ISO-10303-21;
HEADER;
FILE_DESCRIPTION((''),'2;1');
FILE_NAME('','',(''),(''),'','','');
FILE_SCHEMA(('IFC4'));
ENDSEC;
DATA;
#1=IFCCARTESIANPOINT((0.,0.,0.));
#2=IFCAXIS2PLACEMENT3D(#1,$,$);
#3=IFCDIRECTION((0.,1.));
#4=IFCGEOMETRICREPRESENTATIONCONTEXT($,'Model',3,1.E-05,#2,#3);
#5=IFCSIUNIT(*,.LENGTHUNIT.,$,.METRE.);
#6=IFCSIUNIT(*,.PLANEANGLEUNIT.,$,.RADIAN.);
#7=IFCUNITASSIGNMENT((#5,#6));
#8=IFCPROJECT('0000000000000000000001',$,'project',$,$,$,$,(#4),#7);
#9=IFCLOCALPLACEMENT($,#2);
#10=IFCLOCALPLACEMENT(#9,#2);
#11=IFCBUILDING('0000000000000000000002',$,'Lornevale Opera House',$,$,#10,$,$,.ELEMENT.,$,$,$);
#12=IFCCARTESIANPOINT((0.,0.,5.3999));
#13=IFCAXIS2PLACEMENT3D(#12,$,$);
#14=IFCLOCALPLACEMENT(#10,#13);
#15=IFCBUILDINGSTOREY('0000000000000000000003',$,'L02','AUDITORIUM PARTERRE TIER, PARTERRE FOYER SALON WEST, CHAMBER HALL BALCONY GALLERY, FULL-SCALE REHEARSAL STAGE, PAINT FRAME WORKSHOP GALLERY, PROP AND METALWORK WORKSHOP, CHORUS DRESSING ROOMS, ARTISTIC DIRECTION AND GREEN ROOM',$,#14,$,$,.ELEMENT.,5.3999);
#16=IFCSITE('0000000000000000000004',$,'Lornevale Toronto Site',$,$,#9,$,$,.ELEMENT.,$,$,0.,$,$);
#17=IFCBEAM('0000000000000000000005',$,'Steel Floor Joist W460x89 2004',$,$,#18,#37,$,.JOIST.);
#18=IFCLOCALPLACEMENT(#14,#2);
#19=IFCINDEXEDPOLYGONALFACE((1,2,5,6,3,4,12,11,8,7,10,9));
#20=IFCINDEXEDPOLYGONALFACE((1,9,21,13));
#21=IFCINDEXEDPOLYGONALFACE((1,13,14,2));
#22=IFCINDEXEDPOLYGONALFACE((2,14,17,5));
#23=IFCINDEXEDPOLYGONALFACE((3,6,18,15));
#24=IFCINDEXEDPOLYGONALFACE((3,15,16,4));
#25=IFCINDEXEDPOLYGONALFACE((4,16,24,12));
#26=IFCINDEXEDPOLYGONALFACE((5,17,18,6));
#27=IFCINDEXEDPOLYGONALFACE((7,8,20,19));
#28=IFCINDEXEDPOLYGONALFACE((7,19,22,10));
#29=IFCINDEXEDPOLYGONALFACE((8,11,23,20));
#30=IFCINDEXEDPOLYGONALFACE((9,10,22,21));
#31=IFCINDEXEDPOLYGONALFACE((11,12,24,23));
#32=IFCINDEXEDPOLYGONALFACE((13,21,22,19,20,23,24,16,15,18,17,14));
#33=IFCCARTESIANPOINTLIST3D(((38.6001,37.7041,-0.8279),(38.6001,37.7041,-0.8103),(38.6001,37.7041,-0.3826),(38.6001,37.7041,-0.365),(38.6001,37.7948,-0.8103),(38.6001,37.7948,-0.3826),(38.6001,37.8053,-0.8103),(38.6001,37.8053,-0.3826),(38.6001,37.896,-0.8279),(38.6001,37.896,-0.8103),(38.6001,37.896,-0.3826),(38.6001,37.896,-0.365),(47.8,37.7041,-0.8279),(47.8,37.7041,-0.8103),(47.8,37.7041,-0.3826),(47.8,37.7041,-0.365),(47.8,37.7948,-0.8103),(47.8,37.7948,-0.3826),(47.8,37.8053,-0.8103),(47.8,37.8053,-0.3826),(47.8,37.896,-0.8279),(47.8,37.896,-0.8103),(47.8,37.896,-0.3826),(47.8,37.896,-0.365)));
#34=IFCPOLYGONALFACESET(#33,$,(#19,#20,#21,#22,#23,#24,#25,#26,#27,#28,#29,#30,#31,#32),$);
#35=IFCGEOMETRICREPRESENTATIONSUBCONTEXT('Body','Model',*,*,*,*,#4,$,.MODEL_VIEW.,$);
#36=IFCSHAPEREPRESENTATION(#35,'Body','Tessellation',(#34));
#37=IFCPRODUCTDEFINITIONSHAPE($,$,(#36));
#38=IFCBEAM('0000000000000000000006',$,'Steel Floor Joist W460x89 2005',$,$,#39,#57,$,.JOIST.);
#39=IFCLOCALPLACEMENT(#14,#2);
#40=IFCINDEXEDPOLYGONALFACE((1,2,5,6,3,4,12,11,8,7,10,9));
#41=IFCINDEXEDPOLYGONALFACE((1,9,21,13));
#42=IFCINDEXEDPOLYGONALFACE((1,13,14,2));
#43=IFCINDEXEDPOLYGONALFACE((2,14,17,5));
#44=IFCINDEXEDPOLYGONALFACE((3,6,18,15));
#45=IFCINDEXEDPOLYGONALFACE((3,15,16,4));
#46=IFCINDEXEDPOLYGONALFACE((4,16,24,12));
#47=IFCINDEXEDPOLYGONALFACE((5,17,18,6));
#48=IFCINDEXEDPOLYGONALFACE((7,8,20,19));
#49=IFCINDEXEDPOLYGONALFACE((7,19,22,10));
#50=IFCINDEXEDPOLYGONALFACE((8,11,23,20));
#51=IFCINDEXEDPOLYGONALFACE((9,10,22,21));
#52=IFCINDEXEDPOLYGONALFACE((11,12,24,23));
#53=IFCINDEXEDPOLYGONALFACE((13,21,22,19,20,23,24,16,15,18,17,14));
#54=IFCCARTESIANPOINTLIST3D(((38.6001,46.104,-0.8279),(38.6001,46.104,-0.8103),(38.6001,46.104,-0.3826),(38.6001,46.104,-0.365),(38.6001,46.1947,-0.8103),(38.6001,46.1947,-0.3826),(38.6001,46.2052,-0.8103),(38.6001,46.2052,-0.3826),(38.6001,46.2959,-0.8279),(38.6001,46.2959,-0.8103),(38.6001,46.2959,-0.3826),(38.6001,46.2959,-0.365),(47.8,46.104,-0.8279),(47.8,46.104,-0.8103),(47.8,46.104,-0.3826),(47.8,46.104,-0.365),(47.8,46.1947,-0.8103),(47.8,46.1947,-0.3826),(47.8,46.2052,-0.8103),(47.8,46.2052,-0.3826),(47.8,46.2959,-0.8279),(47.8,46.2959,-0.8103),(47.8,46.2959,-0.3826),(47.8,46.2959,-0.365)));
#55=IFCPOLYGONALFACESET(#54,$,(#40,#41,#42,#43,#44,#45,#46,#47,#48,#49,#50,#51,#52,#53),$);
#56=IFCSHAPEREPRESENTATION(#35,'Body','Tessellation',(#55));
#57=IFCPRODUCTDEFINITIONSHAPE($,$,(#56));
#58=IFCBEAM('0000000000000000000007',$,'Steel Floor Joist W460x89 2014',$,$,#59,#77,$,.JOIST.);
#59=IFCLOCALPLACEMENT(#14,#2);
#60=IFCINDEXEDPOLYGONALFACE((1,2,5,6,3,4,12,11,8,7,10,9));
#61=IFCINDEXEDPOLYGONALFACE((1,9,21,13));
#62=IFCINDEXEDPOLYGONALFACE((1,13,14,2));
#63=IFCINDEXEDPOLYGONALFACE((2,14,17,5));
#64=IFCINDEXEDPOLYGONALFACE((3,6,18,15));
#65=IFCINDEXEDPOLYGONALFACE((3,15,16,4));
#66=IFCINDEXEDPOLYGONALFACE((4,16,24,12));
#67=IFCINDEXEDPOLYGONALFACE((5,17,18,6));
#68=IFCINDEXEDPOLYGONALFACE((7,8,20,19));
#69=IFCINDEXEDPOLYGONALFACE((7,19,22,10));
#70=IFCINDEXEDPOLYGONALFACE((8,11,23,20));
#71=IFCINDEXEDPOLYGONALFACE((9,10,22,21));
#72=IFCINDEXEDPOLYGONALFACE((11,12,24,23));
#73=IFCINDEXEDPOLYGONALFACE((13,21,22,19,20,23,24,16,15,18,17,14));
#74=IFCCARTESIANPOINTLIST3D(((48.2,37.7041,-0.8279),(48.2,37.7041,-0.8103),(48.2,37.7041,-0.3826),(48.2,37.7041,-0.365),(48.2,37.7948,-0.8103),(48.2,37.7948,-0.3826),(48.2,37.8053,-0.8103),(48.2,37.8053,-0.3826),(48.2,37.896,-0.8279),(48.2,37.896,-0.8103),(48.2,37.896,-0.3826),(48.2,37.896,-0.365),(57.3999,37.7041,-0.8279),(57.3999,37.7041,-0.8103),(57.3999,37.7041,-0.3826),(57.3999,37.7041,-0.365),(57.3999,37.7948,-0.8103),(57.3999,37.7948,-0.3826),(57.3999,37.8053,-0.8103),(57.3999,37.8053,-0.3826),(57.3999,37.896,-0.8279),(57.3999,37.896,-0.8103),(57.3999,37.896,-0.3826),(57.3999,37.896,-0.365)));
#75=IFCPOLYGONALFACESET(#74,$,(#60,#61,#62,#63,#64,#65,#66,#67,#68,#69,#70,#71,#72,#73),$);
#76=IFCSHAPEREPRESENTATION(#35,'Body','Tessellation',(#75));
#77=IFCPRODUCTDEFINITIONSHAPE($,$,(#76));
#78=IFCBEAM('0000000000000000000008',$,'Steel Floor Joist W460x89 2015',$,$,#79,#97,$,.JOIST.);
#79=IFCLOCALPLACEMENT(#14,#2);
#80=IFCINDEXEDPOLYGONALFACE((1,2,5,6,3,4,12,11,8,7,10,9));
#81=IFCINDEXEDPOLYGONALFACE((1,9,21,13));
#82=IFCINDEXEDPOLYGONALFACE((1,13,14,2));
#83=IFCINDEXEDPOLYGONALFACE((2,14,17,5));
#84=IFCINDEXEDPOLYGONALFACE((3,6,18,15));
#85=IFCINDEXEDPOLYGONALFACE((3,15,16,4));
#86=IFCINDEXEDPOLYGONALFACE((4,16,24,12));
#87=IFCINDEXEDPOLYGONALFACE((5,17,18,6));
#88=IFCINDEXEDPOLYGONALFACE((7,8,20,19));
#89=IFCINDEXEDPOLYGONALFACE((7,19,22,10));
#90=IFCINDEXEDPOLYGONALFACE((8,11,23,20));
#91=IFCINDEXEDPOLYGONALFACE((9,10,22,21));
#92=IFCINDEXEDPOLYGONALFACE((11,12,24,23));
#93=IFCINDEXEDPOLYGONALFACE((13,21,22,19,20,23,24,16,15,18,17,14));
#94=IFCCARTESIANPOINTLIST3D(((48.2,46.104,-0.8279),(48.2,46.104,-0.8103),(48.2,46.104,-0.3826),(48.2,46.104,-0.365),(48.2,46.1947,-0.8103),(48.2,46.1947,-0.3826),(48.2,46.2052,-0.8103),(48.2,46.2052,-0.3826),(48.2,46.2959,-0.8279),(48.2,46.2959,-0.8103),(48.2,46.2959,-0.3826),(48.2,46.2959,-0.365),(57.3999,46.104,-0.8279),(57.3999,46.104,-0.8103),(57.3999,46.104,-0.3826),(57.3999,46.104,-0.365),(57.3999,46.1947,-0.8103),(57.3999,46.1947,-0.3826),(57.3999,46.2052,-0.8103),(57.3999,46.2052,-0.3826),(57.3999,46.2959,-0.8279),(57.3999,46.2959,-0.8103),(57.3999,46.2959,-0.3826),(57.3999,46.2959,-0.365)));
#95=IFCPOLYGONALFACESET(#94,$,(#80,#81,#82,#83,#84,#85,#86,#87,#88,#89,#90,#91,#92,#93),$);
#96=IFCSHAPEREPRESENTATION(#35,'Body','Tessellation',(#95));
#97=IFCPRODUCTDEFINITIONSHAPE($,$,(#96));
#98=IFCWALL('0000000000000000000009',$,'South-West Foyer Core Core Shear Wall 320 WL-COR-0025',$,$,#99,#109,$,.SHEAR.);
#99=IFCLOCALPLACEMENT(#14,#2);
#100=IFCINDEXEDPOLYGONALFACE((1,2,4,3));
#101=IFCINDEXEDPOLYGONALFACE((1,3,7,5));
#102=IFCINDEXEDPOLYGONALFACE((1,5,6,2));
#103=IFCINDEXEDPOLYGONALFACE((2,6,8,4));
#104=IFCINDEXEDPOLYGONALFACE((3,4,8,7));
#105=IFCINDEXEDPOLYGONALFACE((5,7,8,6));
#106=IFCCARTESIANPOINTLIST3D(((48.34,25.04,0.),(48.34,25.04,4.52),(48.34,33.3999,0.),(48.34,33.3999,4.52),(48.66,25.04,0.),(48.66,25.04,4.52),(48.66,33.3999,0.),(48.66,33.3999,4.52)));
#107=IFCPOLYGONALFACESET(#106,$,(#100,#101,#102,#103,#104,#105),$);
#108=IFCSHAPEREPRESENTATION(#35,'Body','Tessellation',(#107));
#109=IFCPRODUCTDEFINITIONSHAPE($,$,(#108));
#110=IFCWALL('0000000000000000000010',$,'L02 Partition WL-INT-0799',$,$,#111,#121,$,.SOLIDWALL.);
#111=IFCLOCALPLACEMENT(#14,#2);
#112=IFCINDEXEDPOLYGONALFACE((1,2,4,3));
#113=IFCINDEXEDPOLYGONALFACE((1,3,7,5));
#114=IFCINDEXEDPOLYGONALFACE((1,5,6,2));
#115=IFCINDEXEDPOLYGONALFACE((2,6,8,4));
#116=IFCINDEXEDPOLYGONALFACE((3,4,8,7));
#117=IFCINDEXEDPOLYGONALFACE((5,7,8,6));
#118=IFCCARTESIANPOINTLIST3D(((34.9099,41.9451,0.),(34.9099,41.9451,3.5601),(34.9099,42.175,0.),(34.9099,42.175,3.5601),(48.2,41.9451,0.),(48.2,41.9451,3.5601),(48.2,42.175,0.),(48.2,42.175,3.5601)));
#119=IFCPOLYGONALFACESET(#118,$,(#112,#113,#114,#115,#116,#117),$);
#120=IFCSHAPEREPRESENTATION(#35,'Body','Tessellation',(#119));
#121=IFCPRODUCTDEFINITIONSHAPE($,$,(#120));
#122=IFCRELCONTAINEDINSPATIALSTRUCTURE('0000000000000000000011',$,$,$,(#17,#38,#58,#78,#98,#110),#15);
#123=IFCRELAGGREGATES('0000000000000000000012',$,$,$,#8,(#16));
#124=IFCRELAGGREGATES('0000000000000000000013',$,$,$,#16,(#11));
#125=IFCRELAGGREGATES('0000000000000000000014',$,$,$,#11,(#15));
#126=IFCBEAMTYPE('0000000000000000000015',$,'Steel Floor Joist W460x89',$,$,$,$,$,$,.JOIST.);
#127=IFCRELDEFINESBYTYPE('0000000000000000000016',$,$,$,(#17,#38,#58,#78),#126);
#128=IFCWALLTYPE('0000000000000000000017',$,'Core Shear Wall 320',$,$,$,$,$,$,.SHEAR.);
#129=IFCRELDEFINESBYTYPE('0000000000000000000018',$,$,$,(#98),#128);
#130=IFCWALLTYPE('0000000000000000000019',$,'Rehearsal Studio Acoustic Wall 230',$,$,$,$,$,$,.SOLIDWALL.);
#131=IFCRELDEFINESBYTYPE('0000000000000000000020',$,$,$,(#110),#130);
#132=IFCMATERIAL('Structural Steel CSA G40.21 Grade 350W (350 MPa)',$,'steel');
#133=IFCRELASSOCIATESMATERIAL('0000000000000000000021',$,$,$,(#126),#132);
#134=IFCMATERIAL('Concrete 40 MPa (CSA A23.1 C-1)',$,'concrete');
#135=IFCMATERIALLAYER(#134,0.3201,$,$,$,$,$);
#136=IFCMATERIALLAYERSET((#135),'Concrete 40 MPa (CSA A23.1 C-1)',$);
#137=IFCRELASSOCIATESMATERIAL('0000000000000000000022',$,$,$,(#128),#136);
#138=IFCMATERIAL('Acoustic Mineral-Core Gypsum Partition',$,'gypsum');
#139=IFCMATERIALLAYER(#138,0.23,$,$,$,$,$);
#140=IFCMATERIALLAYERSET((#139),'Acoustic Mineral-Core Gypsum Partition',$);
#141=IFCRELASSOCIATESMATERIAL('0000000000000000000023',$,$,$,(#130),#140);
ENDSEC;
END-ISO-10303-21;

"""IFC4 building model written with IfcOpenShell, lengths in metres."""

from ifc_helpers import new_model, si_unit, direction, frame, frame_2d, origin, origin_2d, place, context, subcontext, project, spatial, rectangle, i_section, extrude, material, layer, layer_set, material_profile, profile_set, type_object, element, save


model = new_model("IFC4")

# Units and contexts
model_context = context("Model", 3, precision=1e-05, world=origin(), true_north=direction((0.0, 1.0)))
body_context = subcontext(model_context, "Body", "Model", "MODEL_VIEW")
ifc_project = project(units=[si_unit("LENGTHUNIT", "METRE"), si_unit("PLANEANGLEUNIT", "RADIAN")], contexts=[model_context])

# Site, building, storey
site_placement = place(None, origin())
site = spatial("IfcSite", under=ifc_project, at=site_placement, Name="Lornevale Toronto Site", CompositionType="ELEMENT", RefElevation=0.0)
building_placement = place(site_placement, origin())
building = spatial("IfcBuilding", under=site, at=building_placement, Name="Lornevale Opera House", CompositionType="ELEMENT")
storey_placement = place(building_placement, frame((0.0, 0.0, 5.3999)))
storey = spatial("IfcBuildingStorey", under=building, at=storey_placement, Name="L02", Description="AUDITORIUM PARTERRE TIER, PARTERRE FOYER SALON WEST, CHAMBER HALL BALCONY GALLERY, FULL-SCALE REHEARSAL STAGE, PAINT FRAME WORKSHOP GALLERY, PROP AND METALWORK WORKSHOP, CHORUS DRESSING ROOMS, ARTISTIC DIRECTION AND GREEN ROOM", CompositionType="ELEMENT", Elevation=5.3999)

# Shared definitions
ifc_material_1 = material(Name="Concrete 40 MPa (CSA A23.1 C-1)", Category="concrete")

# Beams
ifc_material_2 = material(Name="Structural Steel CSA G40.21 Grade 350W (350 MPa)", Category="steel")
ifc_material_profile_1 = material_profile(ifc_material_2, i_section(OverallWidth=0.1919, OverallDepth=0.4629, WebThickness=0.0105, FlangeThickness=0.0176, at=origin_2d()), Name="W460x89")
ifc_profile_set_1 = profile_set([ifc_material_profile_1], Name="Structural Steel CSA G40.21 Grade 350W (350 MPa)")
beam_type_1 = type_object("IfcBeamType", Name="Steel Floor Joist W460x89", PredefinedType="JOIST", material=ifc_profile_set_1)
for number, where, z_axis, x_axis, name in (
    (1, (38.6001, 37.8, -0.5964), (1.0, 0.0, 0.0), (0.0, 1.0, 0.0), "Steel Floor Joist W460x89 2004"),
    (2, (38.6001, 46.2, -0.5964), (1.0, 0.0, 0.0), (0.0, 1.0, 0.0), "Steel Floor Joist W460x89 2005"),
    (3, (48.2, 37.8, -0.5964), (1.0, 0.0, 0.0), (0.0, 1.0, 0.0), "Steel Floor Joist W460x89 2014"),
    (4, (48.2, 46.2, -0.5964), (1.0, 0.0, 0.0), (0.0, 1.0, 0.0), "Steel Floor Joist W460x89 2015"),
):
    element("IfcBeam", number, at=place(storey_placement, frame(where, z_axis=z_axis, x_axis=x_axis)), inside=storey, type_object=beam_type_1, Name=name, PredefinedType="JOIST", context=body_context, shape_type="SweptSolid", body=[
        extrude(i_section(OverallWidth=0.1919, OverallDepth=0.4629, WebThickness=0.0105, FlangeThickness=0.0176, at=origin_2d()), origin(), (0.0, 0.0, 1.0), 9.2),
    ])

# Walls
ifc_layer_1 = layer(ifc_material_1, 0.3201)
ifc_layer_set_1 = layer_set([ifc_layer_1], Name="Concrete 40 MPa (CSA A23.1 C-1)")
wall_type_1 = type_object("IfcWallType", Name="Core Shear Wall 320", PredefinedType="SHEAR", material=ifc_layer_set_1)
wall_1_placement = place(storey_placement, frame((48.5, 33.3999, 0.0), z_axis=(0.0, 0.0, 1.0), x_axis=(0.0, -1.0, 0.0)))
element("IfcWall", 5, at=wall_1_placement, inside=storey, type_object=wall_type_1, Name="South-West Foyer Core Core Shear Wall 320 WL-COR-0025", PredefinedType="SHEAR", context=body_context, shape_type="SweptSolid", body=[
    extrude(rectangle(XDim=8.3599, YDim=0.3201, at=frame_2d((4.1799, 0.0))), origin(), (0.0, 0.0, 1.0), 4.52),
])
ifc_material_3 = material(Name="Acoustic Mineral-Core Gypsum Partition", Category="gypsum")
ifc_layer_2 = layer(ifc_material_3, 0.23)
ifc_layer_set_2 = layer_set([ifc_layer_2], Name="Acoustic Mineral-Core Gypsum Partition")
wall_type_2 = type_object("IfcWallType", Name="Rehearsal Studio Acoustic Wall 230", PredefinedType="SOLIDWALL", material=ifc_layer_set_2)
wall_2_placement = place(storey_placement, frame((34.9099, 42.0601, 0.0), z_axis=(0.0, 0.0, 1.0), x_axis=(1.0, 0.0, 0.0)))
element("IfcWall", 6, at=wall_2_placement, inside=storey, type_object=wall_type_2, Name="L02 Partition WL-INT-0799", PredefinedType="SOLIDWALL", context=body_context, shape_type="SweptSolid", body=[
    extrude(rectangle(XDim=13.29, YDim=0.23, at=frame_2d((6.645, 0.0))), origin(), (0.0, 0.0, 1.0), 3.5601),
])

save(model, "model.ifc")
